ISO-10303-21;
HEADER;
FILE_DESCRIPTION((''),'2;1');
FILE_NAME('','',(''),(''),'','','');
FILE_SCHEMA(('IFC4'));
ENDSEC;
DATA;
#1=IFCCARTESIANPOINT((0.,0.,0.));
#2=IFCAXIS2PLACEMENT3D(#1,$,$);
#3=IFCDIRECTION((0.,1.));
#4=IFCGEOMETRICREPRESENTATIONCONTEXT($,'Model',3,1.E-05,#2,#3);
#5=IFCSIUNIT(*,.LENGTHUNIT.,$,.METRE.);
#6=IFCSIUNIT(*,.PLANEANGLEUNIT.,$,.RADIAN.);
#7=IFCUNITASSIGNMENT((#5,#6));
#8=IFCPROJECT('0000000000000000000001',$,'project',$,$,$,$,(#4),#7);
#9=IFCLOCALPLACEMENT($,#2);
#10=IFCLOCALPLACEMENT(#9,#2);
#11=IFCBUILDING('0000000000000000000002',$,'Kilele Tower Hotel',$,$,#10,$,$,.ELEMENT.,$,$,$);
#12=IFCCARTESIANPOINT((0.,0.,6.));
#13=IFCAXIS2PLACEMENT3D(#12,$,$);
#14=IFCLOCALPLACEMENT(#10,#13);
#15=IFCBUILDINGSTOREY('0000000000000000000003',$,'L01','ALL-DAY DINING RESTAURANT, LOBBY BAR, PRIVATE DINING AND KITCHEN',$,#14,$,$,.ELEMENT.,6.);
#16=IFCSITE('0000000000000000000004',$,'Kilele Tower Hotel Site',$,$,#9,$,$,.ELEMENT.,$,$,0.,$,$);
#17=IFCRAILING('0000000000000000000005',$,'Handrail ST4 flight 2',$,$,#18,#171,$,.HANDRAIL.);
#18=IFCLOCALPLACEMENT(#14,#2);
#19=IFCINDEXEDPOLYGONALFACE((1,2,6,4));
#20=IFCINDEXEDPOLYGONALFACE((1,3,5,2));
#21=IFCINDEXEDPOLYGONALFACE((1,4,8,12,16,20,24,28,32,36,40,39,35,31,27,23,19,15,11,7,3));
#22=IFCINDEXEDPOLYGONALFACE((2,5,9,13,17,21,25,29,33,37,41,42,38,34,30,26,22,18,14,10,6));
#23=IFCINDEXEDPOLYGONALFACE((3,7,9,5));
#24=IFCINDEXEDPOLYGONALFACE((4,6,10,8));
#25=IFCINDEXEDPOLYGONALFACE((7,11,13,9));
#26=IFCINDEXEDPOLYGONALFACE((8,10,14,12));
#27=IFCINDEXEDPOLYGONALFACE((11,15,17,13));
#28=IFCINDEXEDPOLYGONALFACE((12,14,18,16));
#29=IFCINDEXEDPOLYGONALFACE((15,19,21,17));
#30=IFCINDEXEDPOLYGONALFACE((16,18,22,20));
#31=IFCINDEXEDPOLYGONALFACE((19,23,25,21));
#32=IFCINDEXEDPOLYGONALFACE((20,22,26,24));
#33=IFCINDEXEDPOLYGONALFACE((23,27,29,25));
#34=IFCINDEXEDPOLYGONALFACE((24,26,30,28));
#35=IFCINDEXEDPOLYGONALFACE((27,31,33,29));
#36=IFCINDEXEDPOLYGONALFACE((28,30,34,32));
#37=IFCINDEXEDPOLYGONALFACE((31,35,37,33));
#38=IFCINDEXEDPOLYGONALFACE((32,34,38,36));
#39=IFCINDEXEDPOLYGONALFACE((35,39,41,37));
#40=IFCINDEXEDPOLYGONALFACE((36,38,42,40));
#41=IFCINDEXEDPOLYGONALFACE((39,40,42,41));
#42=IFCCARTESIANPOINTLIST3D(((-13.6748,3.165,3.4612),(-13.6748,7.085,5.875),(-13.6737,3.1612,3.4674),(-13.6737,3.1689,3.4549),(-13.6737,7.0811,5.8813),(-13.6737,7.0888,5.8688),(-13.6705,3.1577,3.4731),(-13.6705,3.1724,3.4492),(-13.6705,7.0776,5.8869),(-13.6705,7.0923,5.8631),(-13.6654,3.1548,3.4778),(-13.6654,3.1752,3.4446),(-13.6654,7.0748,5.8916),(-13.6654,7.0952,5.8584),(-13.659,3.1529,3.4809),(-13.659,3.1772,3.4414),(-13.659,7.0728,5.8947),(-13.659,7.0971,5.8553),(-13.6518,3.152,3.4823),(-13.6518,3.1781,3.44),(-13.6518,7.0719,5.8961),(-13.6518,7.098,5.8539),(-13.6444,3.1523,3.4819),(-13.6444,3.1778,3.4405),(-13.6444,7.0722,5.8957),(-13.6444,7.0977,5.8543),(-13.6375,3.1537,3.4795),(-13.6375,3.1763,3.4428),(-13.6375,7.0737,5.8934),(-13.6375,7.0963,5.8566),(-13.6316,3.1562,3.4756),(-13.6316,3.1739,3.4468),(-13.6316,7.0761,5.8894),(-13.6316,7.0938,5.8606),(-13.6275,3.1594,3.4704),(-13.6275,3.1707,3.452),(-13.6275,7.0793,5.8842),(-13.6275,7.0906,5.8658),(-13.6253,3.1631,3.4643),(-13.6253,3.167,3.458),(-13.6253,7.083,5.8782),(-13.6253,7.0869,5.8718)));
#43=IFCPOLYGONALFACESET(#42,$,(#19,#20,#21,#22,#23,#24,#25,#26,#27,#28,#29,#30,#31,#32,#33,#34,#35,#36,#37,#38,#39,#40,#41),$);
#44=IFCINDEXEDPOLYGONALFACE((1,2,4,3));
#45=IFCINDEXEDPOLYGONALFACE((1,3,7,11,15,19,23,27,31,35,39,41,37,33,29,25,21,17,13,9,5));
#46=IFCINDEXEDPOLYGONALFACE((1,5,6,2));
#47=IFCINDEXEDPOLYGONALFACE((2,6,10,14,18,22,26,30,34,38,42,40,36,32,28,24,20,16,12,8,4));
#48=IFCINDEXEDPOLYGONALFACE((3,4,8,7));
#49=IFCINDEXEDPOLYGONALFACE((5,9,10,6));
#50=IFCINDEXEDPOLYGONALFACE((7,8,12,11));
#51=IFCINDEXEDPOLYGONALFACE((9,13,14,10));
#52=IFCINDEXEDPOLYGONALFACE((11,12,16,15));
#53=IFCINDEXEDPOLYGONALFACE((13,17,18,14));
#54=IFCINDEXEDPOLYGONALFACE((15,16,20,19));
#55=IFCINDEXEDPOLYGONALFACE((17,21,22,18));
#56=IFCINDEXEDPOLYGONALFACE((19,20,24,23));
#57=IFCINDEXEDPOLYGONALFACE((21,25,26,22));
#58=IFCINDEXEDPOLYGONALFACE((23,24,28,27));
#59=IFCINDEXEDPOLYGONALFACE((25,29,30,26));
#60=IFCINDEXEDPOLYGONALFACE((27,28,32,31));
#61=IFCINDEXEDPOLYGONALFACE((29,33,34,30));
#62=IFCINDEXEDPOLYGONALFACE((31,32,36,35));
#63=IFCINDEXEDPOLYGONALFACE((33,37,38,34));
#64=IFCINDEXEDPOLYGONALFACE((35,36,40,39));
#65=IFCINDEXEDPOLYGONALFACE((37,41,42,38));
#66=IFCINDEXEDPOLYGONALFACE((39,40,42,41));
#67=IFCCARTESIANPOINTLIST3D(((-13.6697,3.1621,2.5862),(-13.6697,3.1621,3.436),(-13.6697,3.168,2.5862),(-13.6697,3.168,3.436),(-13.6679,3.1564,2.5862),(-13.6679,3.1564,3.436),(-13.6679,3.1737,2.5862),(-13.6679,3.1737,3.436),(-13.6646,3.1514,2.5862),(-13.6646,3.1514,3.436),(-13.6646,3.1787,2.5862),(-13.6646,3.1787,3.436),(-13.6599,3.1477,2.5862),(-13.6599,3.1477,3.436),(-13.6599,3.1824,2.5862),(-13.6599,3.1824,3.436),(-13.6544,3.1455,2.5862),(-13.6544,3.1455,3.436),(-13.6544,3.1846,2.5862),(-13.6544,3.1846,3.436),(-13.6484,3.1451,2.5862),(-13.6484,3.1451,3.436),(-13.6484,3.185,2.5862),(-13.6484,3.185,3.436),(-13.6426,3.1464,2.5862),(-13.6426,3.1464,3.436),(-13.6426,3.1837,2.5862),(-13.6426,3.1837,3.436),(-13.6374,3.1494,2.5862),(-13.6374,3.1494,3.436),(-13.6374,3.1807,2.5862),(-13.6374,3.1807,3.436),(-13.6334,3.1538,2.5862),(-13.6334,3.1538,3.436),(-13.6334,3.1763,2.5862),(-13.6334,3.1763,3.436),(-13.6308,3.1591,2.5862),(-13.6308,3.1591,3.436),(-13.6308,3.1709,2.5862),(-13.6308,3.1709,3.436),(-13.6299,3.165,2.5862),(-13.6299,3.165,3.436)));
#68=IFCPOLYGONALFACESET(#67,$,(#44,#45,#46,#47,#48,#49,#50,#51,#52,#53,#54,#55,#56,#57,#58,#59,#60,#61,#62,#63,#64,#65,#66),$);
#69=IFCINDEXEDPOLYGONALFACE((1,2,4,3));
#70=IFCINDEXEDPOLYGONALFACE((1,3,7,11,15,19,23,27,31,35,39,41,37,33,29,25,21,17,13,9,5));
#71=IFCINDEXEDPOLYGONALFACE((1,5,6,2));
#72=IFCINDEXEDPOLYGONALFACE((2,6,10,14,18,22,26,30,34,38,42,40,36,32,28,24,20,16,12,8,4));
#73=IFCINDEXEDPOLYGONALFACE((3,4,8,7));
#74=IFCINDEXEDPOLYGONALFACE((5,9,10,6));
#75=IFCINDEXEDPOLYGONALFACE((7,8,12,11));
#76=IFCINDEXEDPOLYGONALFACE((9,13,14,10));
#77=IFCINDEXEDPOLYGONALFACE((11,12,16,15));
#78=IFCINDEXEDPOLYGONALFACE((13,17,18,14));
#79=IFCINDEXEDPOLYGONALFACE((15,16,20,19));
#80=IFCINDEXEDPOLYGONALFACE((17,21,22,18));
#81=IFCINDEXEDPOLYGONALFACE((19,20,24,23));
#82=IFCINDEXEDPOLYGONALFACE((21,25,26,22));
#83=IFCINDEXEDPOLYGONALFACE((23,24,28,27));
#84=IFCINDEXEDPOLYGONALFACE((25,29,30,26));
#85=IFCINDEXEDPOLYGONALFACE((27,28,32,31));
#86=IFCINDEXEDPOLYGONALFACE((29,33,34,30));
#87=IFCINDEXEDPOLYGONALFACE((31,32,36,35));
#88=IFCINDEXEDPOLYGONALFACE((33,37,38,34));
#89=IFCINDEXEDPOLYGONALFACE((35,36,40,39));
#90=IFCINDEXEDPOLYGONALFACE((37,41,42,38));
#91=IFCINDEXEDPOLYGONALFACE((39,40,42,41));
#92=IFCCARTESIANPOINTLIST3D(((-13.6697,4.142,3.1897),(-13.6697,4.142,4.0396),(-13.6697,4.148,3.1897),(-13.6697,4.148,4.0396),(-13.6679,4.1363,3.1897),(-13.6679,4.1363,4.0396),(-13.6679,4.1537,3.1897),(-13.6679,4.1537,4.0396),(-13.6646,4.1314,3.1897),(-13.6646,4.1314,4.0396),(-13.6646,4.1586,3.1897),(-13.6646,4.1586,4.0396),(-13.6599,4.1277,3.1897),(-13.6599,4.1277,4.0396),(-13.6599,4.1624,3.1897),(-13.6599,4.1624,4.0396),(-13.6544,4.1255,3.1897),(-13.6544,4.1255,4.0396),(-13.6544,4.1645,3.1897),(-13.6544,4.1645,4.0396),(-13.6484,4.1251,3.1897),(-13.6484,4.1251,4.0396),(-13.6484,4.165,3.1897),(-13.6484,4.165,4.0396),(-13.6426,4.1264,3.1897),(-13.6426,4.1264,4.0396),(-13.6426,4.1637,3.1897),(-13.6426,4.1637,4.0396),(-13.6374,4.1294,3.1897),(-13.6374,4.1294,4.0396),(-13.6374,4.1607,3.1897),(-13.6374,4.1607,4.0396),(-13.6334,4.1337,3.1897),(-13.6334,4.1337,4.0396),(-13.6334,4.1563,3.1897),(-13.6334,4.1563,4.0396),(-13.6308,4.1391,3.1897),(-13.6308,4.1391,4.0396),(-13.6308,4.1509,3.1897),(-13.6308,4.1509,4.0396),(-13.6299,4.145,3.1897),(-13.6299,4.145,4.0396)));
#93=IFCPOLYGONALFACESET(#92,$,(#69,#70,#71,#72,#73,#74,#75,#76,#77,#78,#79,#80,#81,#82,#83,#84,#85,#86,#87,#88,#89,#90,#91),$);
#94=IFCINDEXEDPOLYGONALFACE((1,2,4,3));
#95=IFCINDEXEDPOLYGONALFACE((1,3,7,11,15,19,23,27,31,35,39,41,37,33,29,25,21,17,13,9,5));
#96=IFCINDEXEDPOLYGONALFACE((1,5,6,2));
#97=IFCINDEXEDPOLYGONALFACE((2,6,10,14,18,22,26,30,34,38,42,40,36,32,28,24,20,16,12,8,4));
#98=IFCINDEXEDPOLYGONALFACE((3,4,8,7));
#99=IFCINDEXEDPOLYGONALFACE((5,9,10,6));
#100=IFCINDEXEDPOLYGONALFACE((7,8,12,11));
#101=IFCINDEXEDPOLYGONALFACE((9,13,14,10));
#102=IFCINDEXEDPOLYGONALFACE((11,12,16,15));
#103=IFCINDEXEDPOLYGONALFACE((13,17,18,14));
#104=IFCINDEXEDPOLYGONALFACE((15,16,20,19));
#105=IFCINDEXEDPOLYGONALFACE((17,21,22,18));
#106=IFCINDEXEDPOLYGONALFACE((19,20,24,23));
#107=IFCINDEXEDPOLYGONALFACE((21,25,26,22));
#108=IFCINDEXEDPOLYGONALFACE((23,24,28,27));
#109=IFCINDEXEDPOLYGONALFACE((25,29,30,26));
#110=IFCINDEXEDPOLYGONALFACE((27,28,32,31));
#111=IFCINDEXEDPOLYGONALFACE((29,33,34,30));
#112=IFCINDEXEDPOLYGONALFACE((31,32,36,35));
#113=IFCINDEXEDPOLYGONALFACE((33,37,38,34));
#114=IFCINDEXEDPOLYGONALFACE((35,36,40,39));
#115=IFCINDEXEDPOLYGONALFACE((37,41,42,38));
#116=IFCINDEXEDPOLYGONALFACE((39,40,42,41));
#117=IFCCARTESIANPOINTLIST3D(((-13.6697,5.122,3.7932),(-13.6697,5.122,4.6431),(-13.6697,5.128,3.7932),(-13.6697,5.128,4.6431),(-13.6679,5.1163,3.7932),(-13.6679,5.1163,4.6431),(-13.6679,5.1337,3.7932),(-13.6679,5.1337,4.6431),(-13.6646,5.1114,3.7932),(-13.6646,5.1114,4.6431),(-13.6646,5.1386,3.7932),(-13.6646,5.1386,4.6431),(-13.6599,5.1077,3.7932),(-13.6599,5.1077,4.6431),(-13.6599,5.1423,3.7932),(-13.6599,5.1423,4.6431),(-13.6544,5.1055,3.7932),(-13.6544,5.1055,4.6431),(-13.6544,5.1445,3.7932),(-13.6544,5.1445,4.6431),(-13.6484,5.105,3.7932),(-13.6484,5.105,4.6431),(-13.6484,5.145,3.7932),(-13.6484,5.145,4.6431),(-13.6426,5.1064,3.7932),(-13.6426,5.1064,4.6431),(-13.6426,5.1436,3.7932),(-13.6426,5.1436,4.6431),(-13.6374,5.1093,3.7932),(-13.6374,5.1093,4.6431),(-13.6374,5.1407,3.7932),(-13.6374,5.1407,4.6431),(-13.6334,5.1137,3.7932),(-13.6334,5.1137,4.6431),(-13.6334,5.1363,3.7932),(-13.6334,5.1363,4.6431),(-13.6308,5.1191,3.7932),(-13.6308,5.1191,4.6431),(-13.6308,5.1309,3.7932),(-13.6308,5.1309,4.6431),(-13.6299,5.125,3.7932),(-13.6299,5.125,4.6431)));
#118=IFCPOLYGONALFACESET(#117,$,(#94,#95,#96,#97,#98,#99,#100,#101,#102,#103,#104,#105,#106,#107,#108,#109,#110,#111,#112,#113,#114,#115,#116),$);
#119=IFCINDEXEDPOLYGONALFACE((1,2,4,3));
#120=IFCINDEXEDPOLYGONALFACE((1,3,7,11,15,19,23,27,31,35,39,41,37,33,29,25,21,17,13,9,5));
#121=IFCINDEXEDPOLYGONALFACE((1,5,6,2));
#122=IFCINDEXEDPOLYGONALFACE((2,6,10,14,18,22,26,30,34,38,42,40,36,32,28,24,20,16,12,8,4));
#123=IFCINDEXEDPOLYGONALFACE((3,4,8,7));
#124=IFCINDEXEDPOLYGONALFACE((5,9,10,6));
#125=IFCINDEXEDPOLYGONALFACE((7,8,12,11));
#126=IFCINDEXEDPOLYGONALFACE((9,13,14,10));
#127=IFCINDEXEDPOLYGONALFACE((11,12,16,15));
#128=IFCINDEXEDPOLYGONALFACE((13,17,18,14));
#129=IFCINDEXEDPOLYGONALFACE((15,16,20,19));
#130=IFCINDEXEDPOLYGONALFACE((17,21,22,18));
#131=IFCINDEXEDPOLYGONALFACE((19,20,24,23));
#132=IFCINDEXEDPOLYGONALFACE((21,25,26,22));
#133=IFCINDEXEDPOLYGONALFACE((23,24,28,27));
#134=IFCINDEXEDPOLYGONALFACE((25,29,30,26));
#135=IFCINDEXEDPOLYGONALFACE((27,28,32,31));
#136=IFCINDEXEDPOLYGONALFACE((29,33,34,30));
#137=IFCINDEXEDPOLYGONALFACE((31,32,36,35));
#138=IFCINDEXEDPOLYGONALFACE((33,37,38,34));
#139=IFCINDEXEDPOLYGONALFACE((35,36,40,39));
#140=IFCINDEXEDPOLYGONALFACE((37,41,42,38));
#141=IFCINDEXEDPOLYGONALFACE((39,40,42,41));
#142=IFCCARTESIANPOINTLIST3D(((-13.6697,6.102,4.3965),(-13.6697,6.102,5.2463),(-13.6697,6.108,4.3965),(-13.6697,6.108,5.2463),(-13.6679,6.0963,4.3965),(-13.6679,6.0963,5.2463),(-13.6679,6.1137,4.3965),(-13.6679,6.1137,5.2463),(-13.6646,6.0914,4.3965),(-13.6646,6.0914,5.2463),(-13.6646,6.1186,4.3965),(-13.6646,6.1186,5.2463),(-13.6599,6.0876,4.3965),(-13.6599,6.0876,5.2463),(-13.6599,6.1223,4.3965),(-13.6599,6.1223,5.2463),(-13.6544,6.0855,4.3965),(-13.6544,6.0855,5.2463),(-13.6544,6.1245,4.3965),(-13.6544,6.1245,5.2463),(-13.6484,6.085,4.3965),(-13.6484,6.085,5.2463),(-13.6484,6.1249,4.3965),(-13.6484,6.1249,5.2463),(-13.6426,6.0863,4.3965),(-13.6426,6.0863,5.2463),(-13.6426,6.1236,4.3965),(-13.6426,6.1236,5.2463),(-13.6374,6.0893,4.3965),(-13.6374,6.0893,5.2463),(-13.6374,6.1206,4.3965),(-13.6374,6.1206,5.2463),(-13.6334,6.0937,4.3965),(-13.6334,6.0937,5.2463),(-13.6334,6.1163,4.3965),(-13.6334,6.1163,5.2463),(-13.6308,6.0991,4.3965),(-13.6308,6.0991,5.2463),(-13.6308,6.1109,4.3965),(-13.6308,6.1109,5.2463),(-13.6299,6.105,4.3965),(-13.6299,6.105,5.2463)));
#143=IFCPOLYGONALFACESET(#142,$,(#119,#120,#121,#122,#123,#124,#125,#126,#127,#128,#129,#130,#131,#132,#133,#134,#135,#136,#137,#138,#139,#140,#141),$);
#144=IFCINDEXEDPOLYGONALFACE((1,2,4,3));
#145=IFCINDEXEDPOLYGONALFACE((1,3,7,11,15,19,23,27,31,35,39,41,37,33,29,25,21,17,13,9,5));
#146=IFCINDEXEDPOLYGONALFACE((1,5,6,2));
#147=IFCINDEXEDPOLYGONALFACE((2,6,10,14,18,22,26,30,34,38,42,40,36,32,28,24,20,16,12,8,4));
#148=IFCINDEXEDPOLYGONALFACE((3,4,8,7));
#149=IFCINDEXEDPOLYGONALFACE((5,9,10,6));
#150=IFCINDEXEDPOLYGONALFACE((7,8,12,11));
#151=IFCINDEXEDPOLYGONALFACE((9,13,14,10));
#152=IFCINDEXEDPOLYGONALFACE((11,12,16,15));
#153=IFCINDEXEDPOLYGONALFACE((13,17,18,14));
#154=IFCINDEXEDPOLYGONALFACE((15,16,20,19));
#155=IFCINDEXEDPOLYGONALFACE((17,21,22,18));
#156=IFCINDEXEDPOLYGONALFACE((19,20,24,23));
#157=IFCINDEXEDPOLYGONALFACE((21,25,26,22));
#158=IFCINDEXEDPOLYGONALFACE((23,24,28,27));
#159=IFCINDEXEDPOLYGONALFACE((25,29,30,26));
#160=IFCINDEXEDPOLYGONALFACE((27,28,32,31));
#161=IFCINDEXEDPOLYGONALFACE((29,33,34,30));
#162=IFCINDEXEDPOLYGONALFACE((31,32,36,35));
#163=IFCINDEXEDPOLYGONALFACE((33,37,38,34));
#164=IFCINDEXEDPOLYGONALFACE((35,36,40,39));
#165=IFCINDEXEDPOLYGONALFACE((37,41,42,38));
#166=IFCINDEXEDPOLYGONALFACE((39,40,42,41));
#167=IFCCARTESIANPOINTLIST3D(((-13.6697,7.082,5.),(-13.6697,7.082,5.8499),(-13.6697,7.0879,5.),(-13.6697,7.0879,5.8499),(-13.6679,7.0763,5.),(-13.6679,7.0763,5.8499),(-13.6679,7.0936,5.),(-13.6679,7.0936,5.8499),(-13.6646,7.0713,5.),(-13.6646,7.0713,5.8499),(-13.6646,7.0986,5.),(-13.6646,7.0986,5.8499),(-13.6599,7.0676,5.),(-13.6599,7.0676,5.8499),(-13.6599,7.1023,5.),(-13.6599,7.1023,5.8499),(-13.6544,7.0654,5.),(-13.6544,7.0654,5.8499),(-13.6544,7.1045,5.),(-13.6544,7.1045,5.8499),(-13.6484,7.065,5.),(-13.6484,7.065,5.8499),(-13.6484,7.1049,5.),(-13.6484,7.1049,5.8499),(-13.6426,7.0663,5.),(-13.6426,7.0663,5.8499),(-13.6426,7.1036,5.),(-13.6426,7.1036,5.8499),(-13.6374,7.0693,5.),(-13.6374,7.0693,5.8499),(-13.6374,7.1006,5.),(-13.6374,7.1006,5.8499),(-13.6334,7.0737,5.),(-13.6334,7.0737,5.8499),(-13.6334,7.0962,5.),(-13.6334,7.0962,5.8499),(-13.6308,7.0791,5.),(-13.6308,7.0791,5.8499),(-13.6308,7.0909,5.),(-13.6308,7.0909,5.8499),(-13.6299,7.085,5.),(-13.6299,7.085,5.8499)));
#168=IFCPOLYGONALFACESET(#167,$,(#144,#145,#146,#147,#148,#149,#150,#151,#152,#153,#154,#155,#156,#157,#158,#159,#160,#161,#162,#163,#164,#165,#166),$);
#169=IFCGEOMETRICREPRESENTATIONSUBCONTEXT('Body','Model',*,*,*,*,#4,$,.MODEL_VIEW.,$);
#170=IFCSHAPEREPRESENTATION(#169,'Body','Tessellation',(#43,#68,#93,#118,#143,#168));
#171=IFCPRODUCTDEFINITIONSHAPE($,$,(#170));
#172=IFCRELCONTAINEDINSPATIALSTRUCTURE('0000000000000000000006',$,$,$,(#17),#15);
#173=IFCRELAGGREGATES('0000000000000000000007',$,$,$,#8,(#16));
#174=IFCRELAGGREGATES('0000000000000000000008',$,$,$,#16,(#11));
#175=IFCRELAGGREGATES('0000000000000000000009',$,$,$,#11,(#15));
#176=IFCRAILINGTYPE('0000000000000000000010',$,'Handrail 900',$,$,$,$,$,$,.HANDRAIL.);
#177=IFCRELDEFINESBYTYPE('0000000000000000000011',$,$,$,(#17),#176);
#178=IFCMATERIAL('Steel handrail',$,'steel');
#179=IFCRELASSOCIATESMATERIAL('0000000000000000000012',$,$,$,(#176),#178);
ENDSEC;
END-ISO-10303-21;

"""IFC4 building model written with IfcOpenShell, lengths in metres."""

from ifc_helpers import new_model, si_unit, direction, frame, origin, origin_2d, place, context, subcontext, project, spatial, circle, extrude, material, type_object, element, save


model = new_model("IFC4")

# Units and contexts
model_context = context("Model", 3, precision=1e-05, world=origin(), true_north=direction((0.0, 1.0)))
body_context = subcontext(model_context, "Body", "Model", "MODEL_VIEW")
ifc_project = project(units=[si_unit("LENGTHUNIT", "METRE"), si_unit("PLANEANGLEUNIT", "RADIAN")], contexts=[model_context])

# Site, building, storey
site_placement = place(None, origin())
site = spatial("IfcSite", under=ifc_project, at=site_placement, Name="Kilele Tower Hotel Site", CompositionType="ELEMENT", RefElevation=0.0)
building_placement = place(site_placement, origin())
building = spatial("IfcBuilding", under=site, at=building_placement, Name="Kilele Tower Hotel", CompositionType="ELEMENT")
storey_placement = place(building_placement, frame((0.0, 0.0, 6.0)))
storey = spatial("IfcBuildingStorey", under=building, at=storey_placement, Name="L01", Description="ALL-DAY DINING RESTAURANT, LOBBY BAR, PRIVATE DINING AND KITCHEN", CompositionType="ELEMENT", Elevation=6.0)

# Railing
ifc_material_1 = material(Name="Steel handrail", Category="steel")
railing_type_1 = type_object("IfcRailingType", Name="Handrail 900", PredefinedType="HANDRAIL", material=ifc_material_1)
for number, where, name in (
    (1, (-13.6499, 3.165, 2.5862), "Handrail ST4 flight 2"),
):
    element("IfcRailing", number, at=place(storey_placement, frame(where)), inside=storey, type_object=railing_type_1, Name=name, PredefinedType="HANDRAIL", context=body_context, shape_type="SweptSolid", body=[
        extrude(circle(Radius=0.0249, at=origin_2d()), frame((0.0, 0.0, 0.875), z_axis=(0.0, 0.851507, 0.524343), x_axis=(-1.0, 0.0, 0.0)), (0.0, 0.0, 1.0), 4.6035),
        extrude(circle(Radius=0.02, at=origin_2d()), origin(), (0.0, 0.0, 1.0), 0.8499),
        extrude(circle(Radius=0.02, at=origin_2d()), frame((0.0, 0.98, 0.6035)), (0.0, 0.0, 1.0), 0.8499),
        extrude(circle(Radius=0.02, at=origin_2d()), frame((0.0, 1.96, 1.207)), (0.0, 0.0, 1.0), 0.8499),
        extrude(circle(Radius=0.02, at=origin_2d()), frame((0.0, 2.9399, 1.8103)), (0.0, 0.0, 1.0), 0.8499),
        extrude(circle(Radius=0.02, at=origin_2d()), frame((0.0, 3.9199, 2.4138)), (0.0, 0.0, 1.0), 0.8499),
    ])

save(model, "model.ifc")
